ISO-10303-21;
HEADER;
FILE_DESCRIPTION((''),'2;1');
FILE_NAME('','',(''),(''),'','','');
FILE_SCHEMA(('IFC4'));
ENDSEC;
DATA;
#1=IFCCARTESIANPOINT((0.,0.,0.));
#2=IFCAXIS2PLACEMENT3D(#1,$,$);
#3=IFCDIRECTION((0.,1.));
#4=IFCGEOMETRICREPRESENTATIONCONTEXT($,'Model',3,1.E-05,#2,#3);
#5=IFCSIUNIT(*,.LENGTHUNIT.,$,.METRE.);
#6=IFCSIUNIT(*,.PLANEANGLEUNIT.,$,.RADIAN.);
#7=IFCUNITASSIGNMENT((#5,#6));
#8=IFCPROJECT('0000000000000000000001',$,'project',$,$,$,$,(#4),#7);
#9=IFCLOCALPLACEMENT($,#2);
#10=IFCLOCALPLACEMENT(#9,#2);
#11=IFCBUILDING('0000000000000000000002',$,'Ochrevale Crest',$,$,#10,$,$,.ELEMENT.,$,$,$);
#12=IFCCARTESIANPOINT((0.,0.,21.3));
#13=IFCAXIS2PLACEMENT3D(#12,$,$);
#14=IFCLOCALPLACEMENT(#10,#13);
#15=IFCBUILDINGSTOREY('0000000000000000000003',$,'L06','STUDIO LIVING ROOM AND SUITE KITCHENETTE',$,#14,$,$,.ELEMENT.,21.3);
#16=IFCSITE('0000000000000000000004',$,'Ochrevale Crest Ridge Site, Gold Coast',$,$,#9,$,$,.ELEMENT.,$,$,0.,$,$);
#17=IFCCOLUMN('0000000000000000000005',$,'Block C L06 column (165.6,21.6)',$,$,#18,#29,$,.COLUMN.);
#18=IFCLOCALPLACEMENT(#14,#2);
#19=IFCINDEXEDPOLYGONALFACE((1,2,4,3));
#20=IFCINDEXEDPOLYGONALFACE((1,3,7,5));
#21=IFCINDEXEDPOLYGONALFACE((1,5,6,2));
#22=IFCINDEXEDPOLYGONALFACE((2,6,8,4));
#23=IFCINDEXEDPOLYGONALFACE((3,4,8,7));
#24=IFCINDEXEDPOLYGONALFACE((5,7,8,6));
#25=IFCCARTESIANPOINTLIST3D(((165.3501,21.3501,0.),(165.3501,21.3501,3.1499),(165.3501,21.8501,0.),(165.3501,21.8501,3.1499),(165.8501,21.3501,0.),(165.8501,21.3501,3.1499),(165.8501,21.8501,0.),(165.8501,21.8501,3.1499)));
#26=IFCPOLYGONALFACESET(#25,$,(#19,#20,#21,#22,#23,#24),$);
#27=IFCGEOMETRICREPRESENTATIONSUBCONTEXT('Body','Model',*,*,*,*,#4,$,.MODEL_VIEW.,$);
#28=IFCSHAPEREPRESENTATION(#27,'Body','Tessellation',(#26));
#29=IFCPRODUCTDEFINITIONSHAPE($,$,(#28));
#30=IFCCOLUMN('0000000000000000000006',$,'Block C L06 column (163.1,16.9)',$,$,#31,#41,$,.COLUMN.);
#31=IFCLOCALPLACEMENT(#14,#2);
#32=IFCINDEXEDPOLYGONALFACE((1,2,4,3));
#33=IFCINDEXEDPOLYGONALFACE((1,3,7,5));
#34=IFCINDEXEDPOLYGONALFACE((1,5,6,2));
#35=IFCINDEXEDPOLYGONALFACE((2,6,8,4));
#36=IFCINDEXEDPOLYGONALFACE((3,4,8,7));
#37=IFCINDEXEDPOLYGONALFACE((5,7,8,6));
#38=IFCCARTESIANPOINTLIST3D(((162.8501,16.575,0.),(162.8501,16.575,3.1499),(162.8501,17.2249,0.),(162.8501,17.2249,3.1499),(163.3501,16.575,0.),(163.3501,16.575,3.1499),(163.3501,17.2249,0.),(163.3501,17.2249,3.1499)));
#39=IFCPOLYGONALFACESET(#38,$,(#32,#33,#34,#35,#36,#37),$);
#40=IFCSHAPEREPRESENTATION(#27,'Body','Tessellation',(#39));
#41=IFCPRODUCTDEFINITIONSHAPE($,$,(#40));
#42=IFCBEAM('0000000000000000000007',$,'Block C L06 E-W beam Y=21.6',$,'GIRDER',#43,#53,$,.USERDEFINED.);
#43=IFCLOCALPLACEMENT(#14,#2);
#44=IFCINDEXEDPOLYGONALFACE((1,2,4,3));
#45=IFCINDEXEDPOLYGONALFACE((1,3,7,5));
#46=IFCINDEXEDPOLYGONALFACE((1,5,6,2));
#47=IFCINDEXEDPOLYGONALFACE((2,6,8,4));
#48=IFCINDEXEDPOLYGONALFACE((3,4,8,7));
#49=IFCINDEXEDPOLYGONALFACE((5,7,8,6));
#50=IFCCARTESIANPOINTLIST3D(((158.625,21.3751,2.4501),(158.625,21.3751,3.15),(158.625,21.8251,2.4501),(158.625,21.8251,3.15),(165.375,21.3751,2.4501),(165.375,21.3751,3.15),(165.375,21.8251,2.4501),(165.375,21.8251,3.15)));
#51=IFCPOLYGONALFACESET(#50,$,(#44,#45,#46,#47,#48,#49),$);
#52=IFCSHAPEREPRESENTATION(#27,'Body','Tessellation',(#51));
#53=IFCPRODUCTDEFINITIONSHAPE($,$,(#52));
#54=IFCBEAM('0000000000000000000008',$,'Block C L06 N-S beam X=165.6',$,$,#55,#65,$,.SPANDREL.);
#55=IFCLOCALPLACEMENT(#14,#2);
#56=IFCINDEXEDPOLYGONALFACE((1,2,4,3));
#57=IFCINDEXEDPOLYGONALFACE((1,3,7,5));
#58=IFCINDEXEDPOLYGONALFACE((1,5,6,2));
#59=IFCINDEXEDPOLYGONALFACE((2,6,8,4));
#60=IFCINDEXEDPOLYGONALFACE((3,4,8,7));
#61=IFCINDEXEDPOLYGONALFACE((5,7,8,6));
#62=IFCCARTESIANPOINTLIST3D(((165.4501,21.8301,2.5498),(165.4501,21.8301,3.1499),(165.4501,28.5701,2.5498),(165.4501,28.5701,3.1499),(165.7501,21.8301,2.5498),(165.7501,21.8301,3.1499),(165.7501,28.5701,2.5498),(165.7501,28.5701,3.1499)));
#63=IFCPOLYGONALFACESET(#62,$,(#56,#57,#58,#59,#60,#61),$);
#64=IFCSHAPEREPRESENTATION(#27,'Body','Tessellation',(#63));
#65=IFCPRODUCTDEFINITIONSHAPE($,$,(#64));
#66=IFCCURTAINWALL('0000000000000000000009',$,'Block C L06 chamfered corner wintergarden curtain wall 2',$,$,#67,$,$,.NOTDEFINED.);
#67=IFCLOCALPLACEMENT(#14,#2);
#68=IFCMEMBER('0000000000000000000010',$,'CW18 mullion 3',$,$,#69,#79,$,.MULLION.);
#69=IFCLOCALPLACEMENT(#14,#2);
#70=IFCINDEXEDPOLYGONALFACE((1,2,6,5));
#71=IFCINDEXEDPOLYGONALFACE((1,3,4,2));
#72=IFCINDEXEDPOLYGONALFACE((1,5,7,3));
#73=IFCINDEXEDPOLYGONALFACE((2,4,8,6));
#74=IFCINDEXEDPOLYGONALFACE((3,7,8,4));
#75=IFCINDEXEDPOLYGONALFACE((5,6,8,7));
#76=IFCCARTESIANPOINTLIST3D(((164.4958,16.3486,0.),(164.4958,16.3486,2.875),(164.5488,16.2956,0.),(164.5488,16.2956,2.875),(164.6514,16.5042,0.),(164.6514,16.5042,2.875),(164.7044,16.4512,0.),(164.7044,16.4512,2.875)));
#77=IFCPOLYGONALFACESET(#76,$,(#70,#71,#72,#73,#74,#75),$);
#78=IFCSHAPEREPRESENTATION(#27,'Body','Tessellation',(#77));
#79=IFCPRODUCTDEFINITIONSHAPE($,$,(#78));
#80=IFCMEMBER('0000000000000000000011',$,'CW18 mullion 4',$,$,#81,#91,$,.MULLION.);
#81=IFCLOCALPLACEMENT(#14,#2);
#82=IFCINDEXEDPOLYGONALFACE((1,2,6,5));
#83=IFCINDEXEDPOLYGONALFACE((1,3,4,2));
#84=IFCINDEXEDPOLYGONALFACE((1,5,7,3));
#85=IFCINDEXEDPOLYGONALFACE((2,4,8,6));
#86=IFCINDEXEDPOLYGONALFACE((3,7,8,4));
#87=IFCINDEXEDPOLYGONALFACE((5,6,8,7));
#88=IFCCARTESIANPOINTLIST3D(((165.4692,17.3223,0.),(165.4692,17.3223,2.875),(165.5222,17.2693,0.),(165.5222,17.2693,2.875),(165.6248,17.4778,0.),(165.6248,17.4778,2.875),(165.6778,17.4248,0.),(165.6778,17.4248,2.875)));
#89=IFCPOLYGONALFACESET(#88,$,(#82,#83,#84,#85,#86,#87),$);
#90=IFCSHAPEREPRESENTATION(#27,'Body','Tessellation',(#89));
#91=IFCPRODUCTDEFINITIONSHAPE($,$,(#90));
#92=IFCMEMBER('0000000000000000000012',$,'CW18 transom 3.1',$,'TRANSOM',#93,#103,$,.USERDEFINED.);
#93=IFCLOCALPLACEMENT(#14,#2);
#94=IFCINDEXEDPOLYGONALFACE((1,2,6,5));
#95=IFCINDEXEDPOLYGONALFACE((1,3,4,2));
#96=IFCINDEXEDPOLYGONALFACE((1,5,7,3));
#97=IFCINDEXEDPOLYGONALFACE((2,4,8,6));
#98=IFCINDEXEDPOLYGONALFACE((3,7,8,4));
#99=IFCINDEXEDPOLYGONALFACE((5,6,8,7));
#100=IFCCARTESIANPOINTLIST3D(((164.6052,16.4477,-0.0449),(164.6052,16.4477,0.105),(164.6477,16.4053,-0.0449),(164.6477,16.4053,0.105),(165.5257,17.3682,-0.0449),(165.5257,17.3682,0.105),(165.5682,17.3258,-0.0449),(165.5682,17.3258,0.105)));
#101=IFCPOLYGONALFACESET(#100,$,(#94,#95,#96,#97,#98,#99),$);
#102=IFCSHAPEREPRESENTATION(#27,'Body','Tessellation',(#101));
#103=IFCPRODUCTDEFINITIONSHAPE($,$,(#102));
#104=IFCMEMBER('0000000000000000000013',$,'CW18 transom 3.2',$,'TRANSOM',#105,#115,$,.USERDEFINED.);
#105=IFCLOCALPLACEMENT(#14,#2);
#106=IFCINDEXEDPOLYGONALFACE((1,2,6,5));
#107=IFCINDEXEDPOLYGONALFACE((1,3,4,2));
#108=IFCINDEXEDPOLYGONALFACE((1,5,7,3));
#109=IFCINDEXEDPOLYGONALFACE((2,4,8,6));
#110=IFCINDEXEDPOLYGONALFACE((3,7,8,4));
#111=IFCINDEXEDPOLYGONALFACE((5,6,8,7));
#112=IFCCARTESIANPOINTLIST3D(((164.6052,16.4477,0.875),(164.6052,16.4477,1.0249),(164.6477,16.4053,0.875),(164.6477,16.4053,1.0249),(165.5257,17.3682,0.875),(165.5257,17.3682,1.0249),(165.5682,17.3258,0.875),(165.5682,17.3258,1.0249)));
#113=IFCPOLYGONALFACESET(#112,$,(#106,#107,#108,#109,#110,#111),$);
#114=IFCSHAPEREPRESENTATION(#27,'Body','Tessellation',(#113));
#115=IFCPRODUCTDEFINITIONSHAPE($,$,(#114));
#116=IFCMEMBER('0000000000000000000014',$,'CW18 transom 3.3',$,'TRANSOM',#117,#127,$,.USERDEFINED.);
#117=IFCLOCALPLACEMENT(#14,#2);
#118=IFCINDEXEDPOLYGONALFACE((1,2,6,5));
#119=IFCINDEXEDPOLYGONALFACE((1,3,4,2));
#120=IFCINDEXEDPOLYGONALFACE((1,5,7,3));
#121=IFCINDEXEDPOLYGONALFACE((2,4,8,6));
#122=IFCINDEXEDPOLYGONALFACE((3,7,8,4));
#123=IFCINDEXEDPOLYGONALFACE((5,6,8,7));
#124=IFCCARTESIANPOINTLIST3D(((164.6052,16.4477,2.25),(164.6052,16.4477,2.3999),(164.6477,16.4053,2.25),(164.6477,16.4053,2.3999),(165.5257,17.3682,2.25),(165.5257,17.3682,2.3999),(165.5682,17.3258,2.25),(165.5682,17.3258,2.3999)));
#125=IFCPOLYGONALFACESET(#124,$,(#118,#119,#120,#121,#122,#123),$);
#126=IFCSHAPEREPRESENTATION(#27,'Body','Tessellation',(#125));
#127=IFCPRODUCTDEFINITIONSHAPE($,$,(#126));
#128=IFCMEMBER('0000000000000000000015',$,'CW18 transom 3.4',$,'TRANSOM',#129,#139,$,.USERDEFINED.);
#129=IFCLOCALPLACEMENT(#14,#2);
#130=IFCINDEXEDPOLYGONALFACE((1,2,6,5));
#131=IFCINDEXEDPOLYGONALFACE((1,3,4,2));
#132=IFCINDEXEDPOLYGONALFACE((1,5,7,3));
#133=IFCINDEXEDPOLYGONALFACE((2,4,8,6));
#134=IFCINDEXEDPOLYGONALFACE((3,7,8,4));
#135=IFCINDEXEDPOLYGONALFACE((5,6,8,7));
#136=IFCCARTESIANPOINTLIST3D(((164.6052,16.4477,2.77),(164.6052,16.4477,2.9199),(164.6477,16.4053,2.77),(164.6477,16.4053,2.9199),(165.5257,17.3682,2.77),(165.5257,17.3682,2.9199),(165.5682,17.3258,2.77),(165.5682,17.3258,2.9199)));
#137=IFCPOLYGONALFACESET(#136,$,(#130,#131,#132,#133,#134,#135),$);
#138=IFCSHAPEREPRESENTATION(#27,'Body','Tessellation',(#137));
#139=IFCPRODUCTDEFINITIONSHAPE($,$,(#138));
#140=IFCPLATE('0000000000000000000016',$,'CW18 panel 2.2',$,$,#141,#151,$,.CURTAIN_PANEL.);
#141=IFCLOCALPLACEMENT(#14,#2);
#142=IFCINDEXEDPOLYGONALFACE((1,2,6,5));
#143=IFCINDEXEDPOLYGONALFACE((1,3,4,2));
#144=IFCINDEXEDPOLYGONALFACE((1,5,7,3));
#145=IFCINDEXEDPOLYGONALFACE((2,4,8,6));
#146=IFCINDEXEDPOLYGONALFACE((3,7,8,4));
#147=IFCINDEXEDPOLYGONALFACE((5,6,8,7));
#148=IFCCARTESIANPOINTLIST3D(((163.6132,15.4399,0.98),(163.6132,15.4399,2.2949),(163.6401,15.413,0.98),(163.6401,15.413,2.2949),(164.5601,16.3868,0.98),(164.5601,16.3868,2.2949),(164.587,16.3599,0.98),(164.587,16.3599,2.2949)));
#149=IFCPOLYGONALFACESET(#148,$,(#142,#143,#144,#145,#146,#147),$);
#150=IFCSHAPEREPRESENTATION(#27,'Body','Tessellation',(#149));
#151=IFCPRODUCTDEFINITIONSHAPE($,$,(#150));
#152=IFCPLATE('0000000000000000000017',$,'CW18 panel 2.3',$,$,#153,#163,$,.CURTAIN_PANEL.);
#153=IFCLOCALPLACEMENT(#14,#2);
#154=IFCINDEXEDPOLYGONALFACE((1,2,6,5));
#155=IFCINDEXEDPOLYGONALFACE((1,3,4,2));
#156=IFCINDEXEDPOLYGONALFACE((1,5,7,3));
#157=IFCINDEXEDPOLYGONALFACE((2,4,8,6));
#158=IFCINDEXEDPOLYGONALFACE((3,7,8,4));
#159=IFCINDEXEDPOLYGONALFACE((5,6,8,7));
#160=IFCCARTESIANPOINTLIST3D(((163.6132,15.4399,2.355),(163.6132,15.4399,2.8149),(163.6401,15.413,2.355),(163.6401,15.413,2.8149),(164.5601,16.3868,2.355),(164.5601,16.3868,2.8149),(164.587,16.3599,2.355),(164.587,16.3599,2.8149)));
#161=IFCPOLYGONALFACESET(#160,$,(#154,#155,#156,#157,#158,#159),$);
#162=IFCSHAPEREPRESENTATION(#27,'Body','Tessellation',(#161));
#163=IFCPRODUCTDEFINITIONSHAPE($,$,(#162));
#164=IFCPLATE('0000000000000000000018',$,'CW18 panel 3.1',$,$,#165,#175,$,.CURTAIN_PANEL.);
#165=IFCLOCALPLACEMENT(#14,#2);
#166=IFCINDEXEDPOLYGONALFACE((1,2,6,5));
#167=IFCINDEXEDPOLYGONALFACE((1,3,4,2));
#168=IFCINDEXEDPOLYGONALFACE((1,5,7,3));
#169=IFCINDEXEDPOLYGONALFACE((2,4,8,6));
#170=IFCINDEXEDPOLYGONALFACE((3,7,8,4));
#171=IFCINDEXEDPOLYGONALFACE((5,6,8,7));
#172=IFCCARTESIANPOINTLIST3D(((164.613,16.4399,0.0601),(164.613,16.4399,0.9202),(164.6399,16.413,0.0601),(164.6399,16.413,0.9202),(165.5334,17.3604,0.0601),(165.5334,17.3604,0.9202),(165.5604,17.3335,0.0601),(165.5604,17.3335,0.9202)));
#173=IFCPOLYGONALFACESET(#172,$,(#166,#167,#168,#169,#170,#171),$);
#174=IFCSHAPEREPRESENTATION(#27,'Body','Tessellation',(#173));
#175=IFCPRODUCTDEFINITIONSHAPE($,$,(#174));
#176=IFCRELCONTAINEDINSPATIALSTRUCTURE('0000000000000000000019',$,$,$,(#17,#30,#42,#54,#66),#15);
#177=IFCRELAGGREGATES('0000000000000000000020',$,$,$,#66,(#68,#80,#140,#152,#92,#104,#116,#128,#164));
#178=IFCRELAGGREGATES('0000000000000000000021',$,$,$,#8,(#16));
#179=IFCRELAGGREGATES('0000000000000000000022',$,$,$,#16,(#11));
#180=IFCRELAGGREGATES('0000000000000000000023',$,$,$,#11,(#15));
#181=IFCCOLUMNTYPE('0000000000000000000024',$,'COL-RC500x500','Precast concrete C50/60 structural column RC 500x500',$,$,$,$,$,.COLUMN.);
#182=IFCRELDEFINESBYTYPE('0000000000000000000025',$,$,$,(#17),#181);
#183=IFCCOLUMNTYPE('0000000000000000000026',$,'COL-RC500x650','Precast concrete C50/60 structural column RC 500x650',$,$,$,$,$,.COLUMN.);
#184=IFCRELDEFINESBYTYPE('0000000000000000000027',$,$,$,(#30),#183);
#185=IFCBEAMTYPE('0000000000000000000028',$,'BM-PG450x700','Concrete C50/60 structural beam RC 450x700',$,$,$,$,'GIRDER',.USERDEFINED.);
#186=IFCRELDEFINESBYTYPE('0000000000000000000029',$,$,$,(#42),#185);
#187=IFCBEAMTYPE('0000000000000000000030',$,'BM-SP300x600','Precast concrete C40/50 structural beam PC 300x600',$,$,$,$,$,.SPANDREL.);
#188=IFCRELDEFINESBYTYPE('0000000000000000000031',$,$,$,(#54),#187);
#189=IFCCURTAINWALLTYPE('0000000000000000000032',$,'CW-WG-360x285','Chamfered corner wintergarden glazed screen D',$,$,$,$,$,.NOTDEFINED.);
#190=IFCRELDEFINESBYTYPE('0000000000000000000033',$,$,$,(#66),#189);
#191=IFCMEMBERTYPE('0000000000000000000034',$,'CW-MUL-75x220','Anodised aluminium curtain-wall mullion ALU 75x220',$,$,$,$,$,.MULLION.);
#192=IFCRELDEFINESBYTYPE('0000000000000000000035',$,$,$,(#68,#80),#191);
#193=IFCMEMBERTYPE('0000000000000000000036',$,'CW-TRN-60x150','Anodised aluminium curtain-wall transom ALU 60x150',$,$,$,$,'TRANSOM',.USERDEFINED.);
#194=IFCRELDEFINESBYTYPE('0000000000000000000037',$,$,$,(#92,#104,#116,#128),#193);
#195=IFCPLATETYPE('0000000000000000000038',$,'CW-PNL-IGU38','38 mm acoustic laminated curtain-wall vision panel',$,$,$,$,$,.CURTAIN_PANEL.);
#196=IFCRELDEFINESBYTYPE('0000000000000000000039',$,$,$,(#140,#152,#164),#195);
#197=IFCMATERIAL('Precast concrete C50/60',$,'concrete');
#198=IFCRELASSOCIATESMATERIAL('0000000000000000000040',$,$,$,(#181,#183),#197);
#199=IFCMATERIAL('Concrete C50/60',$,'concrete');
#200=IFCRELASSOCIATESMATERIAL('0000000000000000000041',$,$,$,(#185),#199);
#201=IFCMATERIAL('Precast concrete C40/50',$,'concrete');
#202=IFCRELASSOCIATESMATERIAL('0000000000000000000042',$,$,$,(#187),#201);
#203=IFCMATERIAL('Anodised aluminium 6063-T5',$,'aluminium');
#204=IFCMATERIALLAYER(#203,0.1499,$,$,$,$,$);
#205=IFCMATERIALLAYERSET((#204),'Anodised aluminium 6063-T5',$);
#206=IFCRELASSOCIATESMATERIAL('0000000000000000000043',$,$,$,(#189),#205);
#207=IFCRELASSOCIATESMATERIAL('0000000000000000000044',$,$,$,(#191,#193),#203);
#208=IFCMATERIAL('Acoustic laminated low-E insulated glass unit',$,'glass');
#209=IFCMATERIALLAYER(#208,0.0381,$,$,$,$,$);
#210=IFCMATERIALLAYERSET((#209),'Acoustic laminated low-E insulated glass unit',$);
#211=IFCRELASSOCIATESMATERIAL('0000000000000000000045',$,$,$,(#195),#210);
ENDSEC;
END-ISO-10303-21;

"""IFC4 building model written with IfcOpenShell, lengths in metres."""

from ifc_helpers import new_model, si_unit, direction, frame, origin, origin_2d, place, context, subcontext, project, spatial, rectangle, extrude, material, layer, layer_set, material_profile, profile_set, type_object, element, aggregate, save


model = new_model("IFC4")

# Units and contexts
model_context = context("Model", 3, precision=1e-05, world=origin(), true_north=direction((0.0, 1.0)))
body_context = subcontext(model_context, "Body", "Model", "MODEL_VIEW")
ifc_project = project(units=[si_unit("LENGTHUNIT", "METRE"), si_unit("PLANEANGLEUNIT", "RADIAN")], contexts=[model_context])

# Site, building, storey
site_placement = place(None, origin())
site = spatial("IfcSite", under=ifc_project, at=site_placement, Name="Ochrevale Crest Ridge Site, Gold Coast", CompositionType="ELEMENT", RefElevation=0.0)
building_placement = place(site_placement, origin())
building = spatial("IfcBuilding", under=site, at=building_placement, Name="Ochrevale Crest", CompositionType="ELEMENT")
storey_placement = place(building_placement, frame((0.0, 0.0, 21.3)))
storey = spatial("IfcBuildingStorey", under=building, at=storey_placement, Name="L06", Description="STUDIO LIVING ROOM AND SUITE KITCHENETTE", CompositionType="ELEMENT", Elevation=21.3)

# Columns
ifc_material_1 = material(Name="Precast concrete C50/60", Category="concrete")
ifc_material_profile_1 = material_profile(ifc_material_1, rectangle(XDim=0.5, YDim=0.5, at=origin_2d()), Name="RC 500x500")
ifc_profile_set_1 = profile_set([ifc_material_profile_1], Name="Precast concrete C50/60")
column_type_1 = type_object("IfcColumnType", Name="COL-RC500x500", Description="Precast concrete C50/60 structural column RC 500x500", PredefinedType="COLUMN", material=ifc_profile_set_1)
column_1_placement = place(storey_placement, frame((165.6001, 21.6001, 0.0), z_axis=(0.0, 0.0, 1.0), x_axis=(1.0, 0.0, 0.0)))
element("IfcColumn", 1, at=column_1_placement, inside=storey, type_object=column_type_1, Name="Block C L06 column (165.6,21.6)", PredefinedType="COLUMN", context=body_context, shape_type="SweptSolid", body=[
    extrude(rectangle(XDim=0.5, YDim=0.5, at=origin_2d()), origin(), (0.0, 0.0, 1.0), 3.1499),
])
ifc_material_profile_2 = material_profile(ifc_material_1, rectangle(XDim=0.5, YDim=0.6499, at=origin_2d()), Name="RC 500x650")
ifc_profile_set_2 = profile_set([ifc_material_profile_2], Name="Precast concrete C50/60")
column_type_2 = type_object("IfcColumnType", Name="COL-RC500x650", Description="Precast concrete C50/60 structural column RC 500x650", PredefinedType="COLUMN", material=ifc_profile_set_2)
column_2_placement = place(storey_placement, frame((163.1001, 16.8999, 0.0), z_axis=(0.0, 0.0, 1.0), x_axis=(1.0, 0.0, 0.0)))
element("IfcColumn", 2, at=column_2_placement, inside=storey, type_object=column_type_2, Name="Block C L06 column (163.1,16.9)", PredefinedType="COLUMN", context=body_context, shape_type="SweptSolid", body=[
    extrude(rectangle(XDim=0.5, YDim=0.6499, at=origin_2d()), origin(), (0.0, 0.0, 1.0), 3.1499),
])

# Beams
ifc_material_2 = material(Name="Concrete C50/60", Category="concrete")
ifc_material_profile_3 = material_profile(ifc_material_2, rectangle(XDim=0.45, YDim=0.7, at=origin_2d()), Name="RC 450x700")
ifc_profile_set_3 = profile_set([ifc_material_profile_3], Name="Concrete C50/60")
beam_type_1 = type_object("IfcBeamType", Name="BM-PG450x700", Description="Concrete C50/60 structural beam RC 450x700", ElementType="GIRDER", PredefinedType="USERDEFINED", material=ifc_profile_set_3)
beam_1_placement = place(storey_placement, frame((158.625, 21.6001, 2.8), z_axis=(1.0, 0.0, 0.0), x_axis=(0.0, 1.0, 0.0)))
element("IfcBeam", 3, at=beam_1_placement, inside=storey, type_object=beam_type_1, Name="Block C L06 E-W beam Y=21.6", ObjectType="GIRDER", PredefinedType="USERDEFINED", context=body_context, shape_type="SweptSolid", body=[
    extrude(rectangle(XDim=0.45, YDim=0.7, at=origin_2d()), origin(), (0.0, 0.0, 1.0), 6.75),
])
ifc_material_3 = material(Name="Precast concrete C40/50", Category="concrete")
ifc_material_profile_4 = material_profile(ifc_material_3, rectangle(XDim=0.3, YDim=0.6001, at=origin_2d()), Name="PC 300x600")
ifc_profile_set_4 = profile_set([ifc_material_profile_4], Name="Precast concrete C40/50")
beam_type_2 = type_object("IfcBeamType", Name="BM-SP300x600", Description="Precast concrete C40/50 structural beam PC 300x600", PredefinedType="SPANDREL", material=ifc_profile_set_4)
beam_2_placement = place(storey_placement, frame((165.6001, 21.8301, 2.8499), z_axis=(0.0, 1.0, 0.0), x_axis=(-1.0, 0.0, 0.0)))
element("IfcBeam", 4, at=beam_2_placement, inside=storey, type_object=beam_type_2, Name="Block C L06 N-S beam X=165.6", PredefinedType="SPANDREL", context=body_context, shape_type="SweptSolid", body=[
    extrude(rectangle(XDim=0.3, YDim=0.6001, at=origin_2d()), origin(), (0.0, 0.0, 1.0), 6.74),
])

# Curtain wall, members, plates
ifc_material_4 = material(Name="Anodised aluminium 6063-T5", Category="aluminium")
ifc_layer_1 = layer(ifc_material_4, 0.1499)
ifc_layer_set_1 = layer_set([ifc_layer_1], Name="Anodised aluminium 6063-T5")
curtain_wall_type = type_object("IfcCurtainWallType", Name="CW-WG-360x285", Description="Chamfered corner wintergarden glazed screen D", PredefinedType="NOTDEFINED", material=ifc_layer_set_1)
curtain_wall_placement = place(storey_placement, origin())
curtain_wall = element("IfcCurtainWall", 5, at=curtain_wall_placement, inside=storey, type_object=curtain_wall_type, Name="Block C L06 chamfered corner wintergarden curtain wall 2", PredefinedType="NOTDEFINED")
ifc_material_profile_5 = material_profile(ifc_material_4, rectangle(XDim=0.075, YDim=0.22, at=origin_2d()), Name="ALU 75x220")
ifc_profile_set_5 = profile_set([ifc_material_profile_5], Name="Anodised aluminium 6063-T5")
member_type_1 = type_object("IfcMemberType", Name="CW-MUL-75x220", Description="Anodised aluminium curtain-wall mullion ALU 75x220", PredefinedType="MULLION", material=ifc_profile_set_5)
member_1_placement = place(storey_placement, frame((164.6001, 16.3999, 0.0), z_axis=(0.0, 0.0, 1.0), x_axis=(-0.707107, 0.707107, 0.0)))
member_1 = element("IfcMember", 6, at=member_1_placement, type_object=member_type_1, Name="CW18 mullion 3", PredefinedType="MULLION", context=body_context, shape_type="SweptSolid", body=[
    extrude(rectangle(XDim=0.075, YDim=0.22, at=origin_2d()), origin(), (0.0, 0.0, 1.0), 2.875),
])
member_2_placement = place(storey_placement, frame((165.5735, 17.3735, 0.0), z_axis=(0.0, 0.0, 1.0), x_axis=(-0.707107, 0.707107, 0.0)))
member_2 = element("IfcMember", 7, at=member_2_placement, type_object=member_type_1, Name="CW18 mullion 4", PredefinedType="MULLION", context=body_context, shape_type="SweptSolid", body=[
    extrude(rectangle(XDim=0.075, YDim=0.22, at=origin_2d()), origin(), (0.0, 0.0, 1.0), 2.875),
])
ifc_material_profile_6 = material_profile(ifc_material_4, rectangle(XDim=0.0601, YDim=0.1499, at=origin_2d()), Name="ALU 60x150")
ifc_profile_set_6 = profile_set([ifc_material_profile_6], Name="Anodised aluminium 6063-T5")
member_type_2 = type_object("IfcMemberType", Name="CW-TRN-60x150", Description="Anodised aluminium curtain-wall transom ALU 60x150", ElementType="TRANSOM", PredefinedType="USERDEFINED", material=ifc_profile_set_6)
member_3_placement = place(storey_placement, frame((164.6265, 16.4265, 0.03), z_axis=(0.707107, 0.707107, 0.0), x_axis=(-0.707107, 0.707107, 0.0)))
member_3 = element("IfcMember", 8, at=member_3_placement, type_object=member_type_2, Name="CW18 transom 3.1", ObjectType="TRANSOM", PredefinedType="USERDEFINED", context=body_context, shape_type="SweptSolid", body=[
    extrude(rectangle(XDim=0.0601, YDim=0.1499, at=origin_2d()), origin(), (0.0, 0.0, 1.0), 1.3018),
])
member_4_placement = place(storey_placement, frame((164.6265, 16.4265, 0.95), z_axis=(0.707107, 0.707107, 0.0), x_axis=(-0.707107, 0.707107, 0.0)))
member_4 = element("IfcMember", 9, at=member_4_placement, type_object=member_type_2, Name="CW18 transom 3.2", ObjectType="TRANSOM", PredefinedType="USERDEFINED", context=body_context, shape_type="SweptSolid", body=[
    extrude(rectangle(XDim=0.0601, YDim=0.1499, at=origin_2d()), origin(), (0.0, 0.0, 1.0), 1.3018),
])
member_5_placement = place(storey_placement, frame((164.6265, 16.4265, 2.325), z_axis=(0.707107, 0.707107, 0.0), x_axis=(-0.707107, 0.707107, 0.0)))
member_5 = element("IfcMember", 10, at=member_5_placement, type_object=member_type_2, Name="CW18 transom 3.3", ObjectType="TRANSOM", PredefinedType="USERDEFINED", context=body_context, shape_type="SweptSolid", body=[
    extrude(rectangle(XDim=0.0601, YDim=0.1499, at=origin_2d()), origin(), (0.0, 0.0, 1.0), 1.3018),
])
member_6_placement = place(storey_placement, frame((164.6265, 16.4265, 2.845), z_axis=(0.707107, 0.707107, 0.0), x_axis=(-0.707107, 0.707107, 0.0)))
member_6 = element("IfcMember", 11, at=member_6_placement, type_object=member_type_2, Name="CW18 transom 3.4", ObjectType="TRANSOM", PredefinedType="USERDEFINED", context=body_context, shape_type="SweptSolid", body=[
    extrude(rectangle(XDim=0.0601, YDim=0.1499, at=origin_2d()), origin(), (0.0, 0.0, 1.0), 1.3018),
])
ifc_material_5 = material(Name="Acoustic laminated low-E insulated glass unit", Category="glass")
ifc_layer_2 = layer(ifc_material_5, 0.0381)
ifc_layer_set_2 = layer_set([ifc_layer_2], Name="Acoustic laminated low-E insulated glass unit")
plate_type = type_object("IfcPlateType", Name="CW-PNL-IGU38", Description="38 mm acoustic laminated curtain-wall vision panel", PredefinedType="CURTAIN_PANEL", material=ifc_layer_set_2)
plate_1_placement = place(storey_placement, frame((164.1001, 15.8999, 0.98), z_axis=(0.0, 0.0, 1.0), x_axis=(0.707107, 0.707107, 0.0)))
plate_1 = element("IfcPlate", 12, at=plate_1_placement, type_object=plate_type, Name="CW18 panel 2.2", PredefinedType="CURTAIN_PANEL", context=body_context, shape_type="SweptSolid", body=[
    extrude(rectangle(XDim=1.3391, YDim=0.0381, at=origin_2d()), origin(), (0.0, 0.0, 1.0), 1.3149),
])
plate_2_placement = place(storey_placement, frame((164.1001, 15.8999, 2.355), z_axis=(0.0, 0.0, 1.0), x_axis=(0.707107, 0.707107, 0.0)))
plate_2 = element("IfcPlate", 13, at=plate_2_placement, type_object=plate_type, Name="CW18 panel 2.3", PredefinedType="CURTAIN_PANEL", context=body_context, shape_type="SweptSolid", body=[
    extrude(rectangle(XDim=1.3391, YDim=0.0381, at=origin_2d()), origin(), (0.0, 0.0, 1.0), 0.46),
])
plate_3_placement = place(storey_placement, frame((165.0867, 16.8867, 0.0601), z_axis=(0.0, 0.0, 1.0), x_axis=(0.707107, 0.707107, 0.0)))
plate_3 = element("IfcPlate", 14, at=plate_3_placement, type_object=plate_type, Name="CW18 panel 3.1", PredefinedType="CURTAIN_PANEL", context=body_context, shape_type="SweptSolid", body=[
    extrude(rectangle(XDim=1.3018, YDim=0.0381, at=origin_2d()), origin(), (0.0, 0.0, 1.0), 0.8601),
])
aggregate(curtain_wall, [member_1, member_2, plate_1, plate_2, member_3, member_4, member_5, member_6, plate_3])

save(model, "model.ifc")
